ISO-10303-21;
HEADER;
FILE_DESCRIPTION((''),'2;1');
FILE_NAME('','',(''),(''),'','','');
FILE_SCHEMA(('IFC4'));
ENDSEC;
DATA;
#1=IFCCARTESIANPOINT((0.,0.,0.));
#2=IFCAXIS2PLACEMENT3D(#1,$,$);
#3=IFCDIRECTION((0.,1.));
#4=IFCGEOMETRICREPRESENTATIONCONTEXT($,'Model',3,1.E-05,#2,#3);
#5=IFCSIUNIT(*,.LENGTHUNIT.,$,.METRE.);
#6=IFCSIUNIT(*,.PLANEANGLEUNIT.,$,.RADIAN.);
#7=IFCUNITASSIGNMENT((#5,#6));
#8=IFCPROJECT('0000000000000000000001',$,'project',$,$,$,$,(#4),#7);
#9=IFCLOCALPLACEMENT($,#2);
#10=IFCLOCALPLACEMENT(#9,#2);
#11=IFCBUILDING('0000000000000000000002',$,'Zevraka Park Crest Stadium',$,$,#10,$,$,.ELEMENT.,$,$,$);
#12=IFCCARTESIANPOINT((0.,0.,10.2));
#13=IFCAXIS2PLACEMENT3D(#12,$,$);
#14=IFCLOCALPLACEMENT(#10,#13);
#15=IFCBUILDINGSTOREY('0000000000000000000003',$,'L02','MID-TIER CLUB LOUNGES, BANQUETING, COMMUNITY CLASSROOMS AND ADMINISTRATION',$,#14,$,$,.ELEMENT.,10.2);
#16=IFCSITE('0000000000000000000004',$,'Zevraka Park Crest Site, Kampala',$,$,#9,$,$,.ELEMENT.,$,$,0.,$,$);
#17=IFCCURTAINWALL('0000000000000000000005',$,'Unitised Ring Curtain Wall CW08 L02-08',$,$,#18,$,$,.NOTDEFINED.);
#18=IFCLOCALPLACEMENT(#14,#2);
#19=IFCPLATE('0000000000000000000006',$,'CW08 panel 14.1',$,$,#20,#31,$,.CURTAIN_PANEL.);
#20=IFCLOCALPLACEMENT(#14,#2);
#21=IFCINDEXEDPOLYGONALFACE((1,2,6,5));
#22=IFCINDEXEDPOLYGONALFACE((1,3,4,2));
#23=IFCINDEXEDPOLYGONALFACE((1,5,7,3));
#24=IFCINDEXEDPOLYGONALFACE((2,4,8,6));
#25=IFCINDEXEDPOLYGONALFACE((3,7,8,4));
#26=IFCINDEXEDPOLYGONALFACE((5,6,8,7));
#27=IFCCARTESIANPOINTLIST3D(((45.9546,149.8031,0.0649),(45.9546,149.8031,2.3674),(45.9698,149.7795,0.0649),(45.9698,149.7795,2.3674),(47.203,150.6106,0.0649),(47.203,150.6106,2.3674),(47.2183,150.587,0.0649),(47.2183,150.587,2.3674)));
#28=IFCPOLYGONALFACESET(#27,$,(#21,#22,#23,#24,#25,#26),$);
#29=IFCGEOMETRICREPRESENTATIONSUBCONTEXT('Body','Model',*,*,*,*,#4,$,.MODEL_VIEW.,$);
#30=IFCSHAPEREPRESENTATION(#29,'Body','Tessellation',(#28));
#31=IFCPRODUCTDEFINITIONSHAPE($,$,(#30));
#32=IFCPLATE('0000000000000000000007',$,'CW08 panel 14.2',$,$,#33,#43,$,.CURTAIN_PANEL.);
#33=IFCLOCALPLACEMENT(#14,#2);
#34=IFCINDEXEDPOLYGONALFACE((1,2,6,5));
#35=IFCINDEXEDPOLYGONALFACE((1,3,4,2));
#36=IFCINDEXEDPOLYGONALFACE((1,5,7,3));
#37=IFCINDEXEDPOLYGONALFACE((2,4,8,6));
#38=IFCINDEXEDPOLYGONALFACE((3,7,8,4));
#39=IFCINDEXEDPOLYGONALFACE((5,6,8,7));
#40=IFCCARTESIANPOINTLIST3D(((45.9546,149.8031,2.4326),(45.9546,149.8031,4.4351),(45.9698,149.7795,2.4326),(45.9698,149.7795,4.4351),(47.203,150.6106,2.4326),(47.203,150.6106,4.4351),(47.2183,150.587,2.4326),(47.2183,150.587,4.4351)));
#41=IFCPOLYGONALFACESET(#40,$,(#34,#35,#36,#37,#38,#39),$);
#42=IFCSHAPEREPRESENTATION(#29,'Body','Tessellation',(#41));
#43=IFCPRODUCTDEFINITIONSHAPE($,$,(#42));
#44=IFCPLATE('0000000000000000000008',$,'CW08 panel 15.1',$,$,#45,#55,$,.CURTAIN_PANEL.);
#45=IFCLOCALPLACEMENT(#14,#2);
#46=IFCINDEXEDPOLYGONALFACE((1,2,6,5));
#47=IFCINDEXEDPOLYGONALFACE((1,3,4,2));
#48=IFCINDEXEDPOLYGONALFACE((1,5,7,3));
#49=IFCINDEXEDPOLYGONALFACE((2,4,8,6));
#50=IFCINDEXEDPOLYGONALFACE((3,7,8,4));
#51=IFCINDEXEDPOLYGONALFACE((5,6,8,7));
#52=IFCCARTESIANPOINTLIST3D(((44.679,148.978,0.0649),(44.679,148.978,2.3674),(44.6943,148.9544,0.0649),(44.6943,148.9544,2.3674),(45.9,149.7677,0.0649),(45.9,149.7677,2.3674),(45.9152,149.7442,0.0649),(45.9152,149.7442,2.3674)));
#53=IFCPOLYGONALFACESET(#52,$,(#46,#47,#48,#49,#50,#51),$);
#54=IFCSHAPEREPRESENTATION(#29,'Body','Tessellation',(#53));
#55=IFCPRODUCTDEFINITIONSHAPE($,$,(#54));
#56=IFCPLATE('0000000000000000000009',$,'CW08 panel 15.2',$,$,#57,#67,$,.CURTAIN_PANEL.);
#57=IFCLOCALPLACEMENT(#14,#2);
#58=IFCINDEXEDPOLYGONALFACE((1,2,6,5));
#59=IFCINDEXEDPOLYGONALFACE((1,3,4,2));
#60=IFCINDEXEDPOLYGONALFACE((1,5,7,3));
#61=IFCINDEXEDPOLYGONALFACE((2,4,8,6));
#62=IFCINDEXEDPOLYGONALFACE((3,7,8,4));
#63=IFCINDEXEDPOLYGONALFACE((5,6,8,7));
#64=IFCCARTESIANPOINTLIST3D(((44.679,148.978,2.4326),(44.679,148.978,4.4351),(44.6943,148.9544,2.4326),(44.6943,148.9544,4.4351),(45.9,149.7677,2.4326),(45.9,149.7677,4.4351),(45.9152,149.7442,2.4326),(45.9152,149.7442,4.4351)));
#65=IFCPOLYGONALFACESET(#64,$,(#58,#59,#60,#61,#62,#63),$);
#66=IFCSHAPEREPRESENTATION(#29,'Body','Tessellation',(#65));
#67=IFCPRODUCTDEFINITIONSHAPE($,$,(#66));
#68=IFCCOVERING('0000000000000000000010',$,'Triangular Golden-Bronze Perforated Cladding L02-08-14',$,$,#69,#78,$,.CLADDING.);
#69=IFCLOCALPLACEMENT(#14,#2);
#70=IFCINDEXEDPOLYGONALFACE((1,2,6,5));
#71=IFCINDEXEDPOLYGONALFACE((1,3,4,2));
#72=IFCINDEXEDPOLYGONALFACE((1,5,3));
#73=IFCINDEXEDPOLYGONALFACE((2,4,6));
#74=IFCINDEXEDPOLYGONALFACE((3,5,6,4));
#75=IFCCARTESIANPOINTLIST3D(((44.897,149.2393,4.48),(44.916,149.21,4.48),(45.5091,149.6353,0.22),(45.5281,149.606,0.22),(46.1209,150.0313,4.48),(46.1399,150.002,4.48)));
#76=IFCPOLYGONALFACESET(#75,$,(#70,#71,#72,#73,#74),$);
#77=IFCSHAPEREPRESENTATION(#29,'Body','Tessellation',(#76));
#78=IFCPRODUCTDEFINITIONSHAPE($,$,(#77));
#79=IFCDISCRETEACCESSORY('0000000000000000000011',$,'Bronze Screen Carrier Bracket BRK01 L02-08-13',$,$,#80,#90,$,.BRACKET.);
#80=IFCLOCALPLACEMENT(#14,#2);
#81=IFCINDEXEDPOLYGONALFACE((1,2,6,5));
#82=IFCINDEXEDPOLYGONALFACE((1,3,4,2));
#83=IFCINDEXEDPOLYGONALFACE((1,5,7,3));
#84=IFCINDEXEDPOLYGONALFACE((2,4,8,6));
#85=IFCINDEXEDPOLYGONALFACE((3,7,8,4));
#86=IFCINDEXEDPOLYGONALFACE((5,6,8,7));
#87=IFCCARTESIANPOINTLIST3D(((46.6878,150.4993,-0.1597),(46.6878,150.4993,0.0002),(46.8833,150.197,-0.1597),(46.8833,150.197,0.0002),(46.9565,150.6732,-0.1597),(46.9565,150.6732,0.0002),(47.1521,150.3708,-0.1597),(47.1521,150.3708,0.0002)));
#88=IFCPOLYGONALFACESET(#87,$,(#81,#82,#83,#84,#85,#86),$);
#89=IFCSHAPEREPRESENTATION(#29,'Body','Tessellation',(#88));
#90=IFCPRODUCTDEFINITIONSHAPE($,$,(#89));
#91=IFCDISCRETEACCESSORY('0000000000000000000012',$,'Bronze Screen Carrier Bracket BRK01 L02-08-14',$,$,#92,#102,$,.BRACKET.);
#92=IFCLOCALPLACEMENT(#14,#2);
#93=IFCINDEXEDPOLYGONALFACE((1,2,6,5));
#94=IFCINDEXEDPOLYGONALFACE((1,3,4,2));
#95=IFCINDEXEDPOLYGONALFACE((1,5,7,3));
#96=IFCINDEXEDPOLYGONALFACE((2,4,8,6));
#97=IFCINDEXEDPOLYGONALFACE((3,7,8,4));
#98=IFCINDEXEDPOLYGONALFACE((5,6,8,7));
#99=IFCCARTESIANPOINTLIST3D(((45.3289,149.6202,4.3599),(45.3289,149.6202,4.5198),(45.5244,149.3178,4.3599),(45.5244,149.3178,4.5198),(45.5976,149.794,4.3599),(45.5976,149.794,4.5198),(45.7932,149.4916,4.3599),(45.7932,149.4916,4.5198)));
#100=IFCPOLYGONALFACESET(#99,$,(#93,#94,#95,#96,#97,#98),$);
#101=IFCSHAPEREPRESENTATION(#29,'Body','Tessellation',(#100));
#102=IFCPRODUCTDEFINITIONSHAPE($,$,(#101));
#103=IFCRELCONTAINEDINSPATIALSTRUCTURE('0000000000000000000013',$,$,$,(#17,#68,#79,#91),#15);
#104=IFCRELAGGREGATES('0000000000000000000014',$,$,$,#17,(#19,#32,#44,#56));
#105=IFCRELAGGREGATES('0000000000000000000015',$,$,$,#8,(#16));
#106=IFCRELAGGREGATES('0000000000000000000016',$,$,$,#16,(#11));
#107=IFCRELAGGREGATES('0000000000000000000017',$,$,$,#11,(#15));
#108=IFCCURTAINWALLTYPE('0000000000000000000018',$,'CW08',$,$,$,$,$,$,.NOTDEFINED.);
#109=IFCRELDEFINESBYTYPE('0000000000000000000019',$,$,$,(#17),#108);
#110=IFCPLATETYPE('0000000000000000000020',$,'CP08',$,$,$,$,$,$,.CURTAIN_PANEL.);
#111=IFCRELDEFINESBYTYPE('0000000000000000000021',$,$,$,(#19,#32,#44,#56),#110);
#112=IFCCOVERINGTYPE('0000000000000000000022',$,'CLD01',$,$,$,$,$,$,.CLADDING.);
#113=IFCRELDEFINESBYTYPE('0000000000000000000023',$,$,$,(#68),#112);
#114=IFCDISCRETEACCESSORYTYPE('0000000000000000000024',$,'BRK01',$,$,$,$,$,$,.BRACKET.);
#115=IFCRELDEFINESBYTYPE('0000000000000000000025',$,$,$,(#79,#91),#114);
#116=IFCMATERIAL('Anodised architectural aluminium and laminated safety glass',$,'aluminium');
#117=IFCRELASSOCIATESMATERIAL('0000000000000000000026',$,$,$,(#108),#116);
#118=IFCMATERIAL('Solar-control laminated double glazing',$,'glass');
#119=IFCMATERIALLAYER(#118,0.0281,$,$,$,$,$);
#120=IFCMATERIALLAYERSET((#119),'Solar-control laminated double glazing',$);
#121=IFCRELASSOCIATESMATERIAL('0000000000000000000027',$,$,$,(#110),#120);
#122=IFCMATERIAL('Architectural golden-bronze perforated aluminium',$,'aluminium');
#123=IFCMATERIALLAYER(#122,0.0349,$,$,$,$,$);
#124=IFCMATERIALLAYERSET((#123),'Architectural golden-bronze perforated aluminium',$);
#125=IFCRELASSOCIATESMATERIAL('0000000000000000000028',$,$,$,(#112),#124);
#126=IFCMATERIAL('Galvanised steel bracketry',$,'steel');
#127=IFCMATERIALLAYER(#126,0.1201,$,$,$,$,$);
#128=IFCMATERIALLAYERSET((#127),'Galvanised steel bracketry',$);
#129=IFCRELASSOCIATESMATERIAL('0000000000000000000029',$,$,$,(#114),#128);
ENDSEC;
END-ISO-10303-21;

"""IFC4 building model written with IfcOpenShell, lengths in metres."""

from ifc_helpers import new_model, si_unit, direction, frame, origin, origin_2d, place, context, subcontext, project, spatial, polyline, rectangle, outline, extrude, material, layer, layer_set, type_object, element, aggregate, save


model = new_model("IFC4")

# Units and contexts
model_context = context("Model", 3, precision=1e-05, world=origin(), true_north=direction((0.0, 1.0)))
body_context = subcontext(model_context, "Body", "Model", "MODEL_VIEW")
ifc_project = project(units=[si_unit("LENGTHUNIT", "METRE"), si_unit("PLANEANGLEUNIT", "RADIAN")], contexts=[model_context])

# Site, building, storey
site_placement = place(None, origin())
site = spatial("IfcSite", under=ifc_project, at=site_placement, Name="Zevraka Park Crest Site, Kampala", CompositionType="ELEMENT", RefElevation=0.0)
building_placement = place(site_placement, origin())
building = spatial("IfcBuilding", under=site, at=building_placement, Name="Zevraka Park Crest Stadium", CompositionType="ELEMENT")
storey_placement = place(building_placement, frame((0.0, 0.0, 10.2)))
storey = spatial("IfcBuildingStorey", under=building, at=storey_placement, Name="L02", Description="MID-TIER CLUB LOUNGES, BANQUETING, COMMUNITY CLASSROOMS AND ADMINISTRATION", CompositionType="ELEMENT", Elevation=10.2)

# Curtain wall
ifc_material_1 = material(Name="Anodised architectural aluminium and laminated safety glass", Category="aluminium")
curtain_wall_type = type_object("IfcCurtainWallType", Name="CW08", PredefinedType="NOTDEFINED", material=ifc_material_1)
curtain_wall_1_placement = place(storey_placement, origin())
curtain_wall_1 = element("IfcCurtainWall", 1, at=curtain_wall_1_placement, inside=storey, type_object=curtain_wall_type, Name="Unitised Ring Curtain Wall CW08 L02-08", PredefinedType="NOTDEFINED")

# Plates
ifc_material_2 = material(Name="Solar-control laminated double glazing", Category="glass")
ifc_layer_1 = layer(ifc_material_2, 0.0281)
ifc_layer_set_1 = layer_set([ifc_layer_1], Name="Solar-control laminated double glazing")
plate_type = type_object("IfcPlateType", Name="CP08", PredefinedType="CURTAIN_PANEL", material=ifc_layer_set_1)
plate_1_placement = place(storey_placement, frame((46.5864, 150.1951, 0.0649), z_axis=(0.0, 0.0, 1.0), x_axis=(-0.83967, -0.543096, 0.0)))
plate_1 = element("IfcPlate", 2, at=plate_1_placement, type_object=plate_type, Name="CW08 panel 14.1", PredefinedType="CURTAIN_PANEL", context=body_context, shape_type="SweptSolid", body=[
    extrude(rectangle(XDim=1.4868, YDim=0.0281, at=origin_2d()), origin(), (0.0, 0.0, 1.0), 2.3025),
])
plate_2_placement = place(storey_placement, frame((46.5864, 150.1951, 2.4326), z_axis=(0.0, 0.0, 1.0), x_axis=(-0.83967, -0.543096, 0.0)))
plate_2 = element("IfcPlate", 3, at=plate_2_placement, type_object=plate_type, Name="CW08 panel 14.2", PredefinedType="CURTAIN_PANEL", context=body_context, shape_type="SweptSolid", body=[
    extrude(rectangle(XDim=1.4868, YDim=0.0281, at=origin_2d()), origin(), (0.0, 0.0, 1.0), 2.0024),
])
plate_3_placement = place(storey_placement, frame((45.2971, 149.3611, 0.0649), z_axis=(0.0, 0.0, 1.0), x_axis=(-0.83967, -0.543096, 0.0)))
plate_3 = element("IfcPlate", 4, at=plate_3_placement, type_object=plate_type, Name="CW08 panel 15.1", PredefinedType="CURTAIN_PANEL", context=body_context, shape_type="SweptSolid", body=[
    extrude(rectangle(XDim=1.4541, YDim=0.0281, at=origin_2d()), origin(), (0.0, 0.0, 1.0), 2.3025),
])
plate_4_placement = place(storey_placement, frame((45.2971, 149.3611, 2.4326), z_axis=(0.0, 0.0, 1.0), x_axis=(-0.83967, -0.543096, 0.0)))
plate_4 = element("IfcPlate", 5, at=plate_4_placement, type_object=plate_type, Name="CW08 panel 15.2", PredefinedType="CURTAIN_PANEL", context=body_context, shape_type="SweptSolid", body=[
    extrude(rectangle(XDim=1.4541, YDim=0.0281, at=origin_2d()), origin(), (0.0, 0.0, 1.0), 2.0024),
])
aggregate(curtain_wall_1, [plate_1, plate_2, plate_3, plate_4])

# Covering
ifc_material_3 = material(Name="Architectural golden-bronze perforated aluminium", Category="aluminium")
ifc_layer_2 = layer(ifc_material_3, 0.0349)
ifc_layer_set_2 = layer_set([ifc_layer_2], Name="Architectural golden-bronze perforated aluminium")
covering_type = type_object("IfcCoveringType", Name="CLD01", PredefinedType="CLADDING", material=ifc_layer_set_2)
covering_placement = place(storey_placement, frame((44.916, 149.21, 4.48), z_axis=(0.543286, -0.839548, 0.000016), x_axis=(0.839548, 0.543286, 0.0)))
element("IfcCovering", 6, at=covering_placement, inside=storey, type_object=covering_type, Name="Triangular Golden-Bronze Perforated Cladding L02-08-14", PredefinedType="CLADDING", context=body_context, shape_type="SweptSolid", body=[
    extrude(outline(polyline([(0.0, 0.0), (1.4578, 0.0), (0.729, -4.26), (0.0, 0.0)])), origin(), (0.0, 0.0, -1.0), 0.0349),
])

# Discrete accessories
ifc_material_4 = material(Name="Galvanised steel bracketry", Category="steel")
ifc_layer_3 = layer(ifc_material_4, 0.1201)
ifc_layer_set_3 = layer_set([ifc_layer_3], Name="Galvanised steel bracketry")
discrete_accessory_type = type_object("IfcDiscreteAccessoryType", Name="BRK01", PredefinedType="BRACKET", material=ifc_layer_set_3)
for number, where, z_axis, x_axis, name in (
    (7, (46.9199, 150.4351, -0.1597), (0.0, 0.0, 1.0), (-0.839715, -0.543028, 0.0), "Bronze Screen Carrier Bracket BRK01 L02-08-13"),
    (8, (45.561, 149.5559, 4.3599), (0.0, 0.0, 1.0), (-0.839715, -0.543028, 0.0), "Bronze Screen Carrier Bracket BRK01 L02-08-14"),
):
    element("IfcDiscreteAccessory", number, at=place(storey_placement, frame(where, z_axis=z_axis, x_axis=x_axis)), inside=storey, type_object=discrete_accessory_type, Name=name, PredefinedType="BRACKET", context=body_context, shape_type="SweptSolid", body=[
        extrude(rectangle(XDim=0.3201, YDim=0.3601, at=origin_2d()), origin(), (0.0, 0.0, 1.0), 0.1599),
    ])

save(model, "model.ifc")
